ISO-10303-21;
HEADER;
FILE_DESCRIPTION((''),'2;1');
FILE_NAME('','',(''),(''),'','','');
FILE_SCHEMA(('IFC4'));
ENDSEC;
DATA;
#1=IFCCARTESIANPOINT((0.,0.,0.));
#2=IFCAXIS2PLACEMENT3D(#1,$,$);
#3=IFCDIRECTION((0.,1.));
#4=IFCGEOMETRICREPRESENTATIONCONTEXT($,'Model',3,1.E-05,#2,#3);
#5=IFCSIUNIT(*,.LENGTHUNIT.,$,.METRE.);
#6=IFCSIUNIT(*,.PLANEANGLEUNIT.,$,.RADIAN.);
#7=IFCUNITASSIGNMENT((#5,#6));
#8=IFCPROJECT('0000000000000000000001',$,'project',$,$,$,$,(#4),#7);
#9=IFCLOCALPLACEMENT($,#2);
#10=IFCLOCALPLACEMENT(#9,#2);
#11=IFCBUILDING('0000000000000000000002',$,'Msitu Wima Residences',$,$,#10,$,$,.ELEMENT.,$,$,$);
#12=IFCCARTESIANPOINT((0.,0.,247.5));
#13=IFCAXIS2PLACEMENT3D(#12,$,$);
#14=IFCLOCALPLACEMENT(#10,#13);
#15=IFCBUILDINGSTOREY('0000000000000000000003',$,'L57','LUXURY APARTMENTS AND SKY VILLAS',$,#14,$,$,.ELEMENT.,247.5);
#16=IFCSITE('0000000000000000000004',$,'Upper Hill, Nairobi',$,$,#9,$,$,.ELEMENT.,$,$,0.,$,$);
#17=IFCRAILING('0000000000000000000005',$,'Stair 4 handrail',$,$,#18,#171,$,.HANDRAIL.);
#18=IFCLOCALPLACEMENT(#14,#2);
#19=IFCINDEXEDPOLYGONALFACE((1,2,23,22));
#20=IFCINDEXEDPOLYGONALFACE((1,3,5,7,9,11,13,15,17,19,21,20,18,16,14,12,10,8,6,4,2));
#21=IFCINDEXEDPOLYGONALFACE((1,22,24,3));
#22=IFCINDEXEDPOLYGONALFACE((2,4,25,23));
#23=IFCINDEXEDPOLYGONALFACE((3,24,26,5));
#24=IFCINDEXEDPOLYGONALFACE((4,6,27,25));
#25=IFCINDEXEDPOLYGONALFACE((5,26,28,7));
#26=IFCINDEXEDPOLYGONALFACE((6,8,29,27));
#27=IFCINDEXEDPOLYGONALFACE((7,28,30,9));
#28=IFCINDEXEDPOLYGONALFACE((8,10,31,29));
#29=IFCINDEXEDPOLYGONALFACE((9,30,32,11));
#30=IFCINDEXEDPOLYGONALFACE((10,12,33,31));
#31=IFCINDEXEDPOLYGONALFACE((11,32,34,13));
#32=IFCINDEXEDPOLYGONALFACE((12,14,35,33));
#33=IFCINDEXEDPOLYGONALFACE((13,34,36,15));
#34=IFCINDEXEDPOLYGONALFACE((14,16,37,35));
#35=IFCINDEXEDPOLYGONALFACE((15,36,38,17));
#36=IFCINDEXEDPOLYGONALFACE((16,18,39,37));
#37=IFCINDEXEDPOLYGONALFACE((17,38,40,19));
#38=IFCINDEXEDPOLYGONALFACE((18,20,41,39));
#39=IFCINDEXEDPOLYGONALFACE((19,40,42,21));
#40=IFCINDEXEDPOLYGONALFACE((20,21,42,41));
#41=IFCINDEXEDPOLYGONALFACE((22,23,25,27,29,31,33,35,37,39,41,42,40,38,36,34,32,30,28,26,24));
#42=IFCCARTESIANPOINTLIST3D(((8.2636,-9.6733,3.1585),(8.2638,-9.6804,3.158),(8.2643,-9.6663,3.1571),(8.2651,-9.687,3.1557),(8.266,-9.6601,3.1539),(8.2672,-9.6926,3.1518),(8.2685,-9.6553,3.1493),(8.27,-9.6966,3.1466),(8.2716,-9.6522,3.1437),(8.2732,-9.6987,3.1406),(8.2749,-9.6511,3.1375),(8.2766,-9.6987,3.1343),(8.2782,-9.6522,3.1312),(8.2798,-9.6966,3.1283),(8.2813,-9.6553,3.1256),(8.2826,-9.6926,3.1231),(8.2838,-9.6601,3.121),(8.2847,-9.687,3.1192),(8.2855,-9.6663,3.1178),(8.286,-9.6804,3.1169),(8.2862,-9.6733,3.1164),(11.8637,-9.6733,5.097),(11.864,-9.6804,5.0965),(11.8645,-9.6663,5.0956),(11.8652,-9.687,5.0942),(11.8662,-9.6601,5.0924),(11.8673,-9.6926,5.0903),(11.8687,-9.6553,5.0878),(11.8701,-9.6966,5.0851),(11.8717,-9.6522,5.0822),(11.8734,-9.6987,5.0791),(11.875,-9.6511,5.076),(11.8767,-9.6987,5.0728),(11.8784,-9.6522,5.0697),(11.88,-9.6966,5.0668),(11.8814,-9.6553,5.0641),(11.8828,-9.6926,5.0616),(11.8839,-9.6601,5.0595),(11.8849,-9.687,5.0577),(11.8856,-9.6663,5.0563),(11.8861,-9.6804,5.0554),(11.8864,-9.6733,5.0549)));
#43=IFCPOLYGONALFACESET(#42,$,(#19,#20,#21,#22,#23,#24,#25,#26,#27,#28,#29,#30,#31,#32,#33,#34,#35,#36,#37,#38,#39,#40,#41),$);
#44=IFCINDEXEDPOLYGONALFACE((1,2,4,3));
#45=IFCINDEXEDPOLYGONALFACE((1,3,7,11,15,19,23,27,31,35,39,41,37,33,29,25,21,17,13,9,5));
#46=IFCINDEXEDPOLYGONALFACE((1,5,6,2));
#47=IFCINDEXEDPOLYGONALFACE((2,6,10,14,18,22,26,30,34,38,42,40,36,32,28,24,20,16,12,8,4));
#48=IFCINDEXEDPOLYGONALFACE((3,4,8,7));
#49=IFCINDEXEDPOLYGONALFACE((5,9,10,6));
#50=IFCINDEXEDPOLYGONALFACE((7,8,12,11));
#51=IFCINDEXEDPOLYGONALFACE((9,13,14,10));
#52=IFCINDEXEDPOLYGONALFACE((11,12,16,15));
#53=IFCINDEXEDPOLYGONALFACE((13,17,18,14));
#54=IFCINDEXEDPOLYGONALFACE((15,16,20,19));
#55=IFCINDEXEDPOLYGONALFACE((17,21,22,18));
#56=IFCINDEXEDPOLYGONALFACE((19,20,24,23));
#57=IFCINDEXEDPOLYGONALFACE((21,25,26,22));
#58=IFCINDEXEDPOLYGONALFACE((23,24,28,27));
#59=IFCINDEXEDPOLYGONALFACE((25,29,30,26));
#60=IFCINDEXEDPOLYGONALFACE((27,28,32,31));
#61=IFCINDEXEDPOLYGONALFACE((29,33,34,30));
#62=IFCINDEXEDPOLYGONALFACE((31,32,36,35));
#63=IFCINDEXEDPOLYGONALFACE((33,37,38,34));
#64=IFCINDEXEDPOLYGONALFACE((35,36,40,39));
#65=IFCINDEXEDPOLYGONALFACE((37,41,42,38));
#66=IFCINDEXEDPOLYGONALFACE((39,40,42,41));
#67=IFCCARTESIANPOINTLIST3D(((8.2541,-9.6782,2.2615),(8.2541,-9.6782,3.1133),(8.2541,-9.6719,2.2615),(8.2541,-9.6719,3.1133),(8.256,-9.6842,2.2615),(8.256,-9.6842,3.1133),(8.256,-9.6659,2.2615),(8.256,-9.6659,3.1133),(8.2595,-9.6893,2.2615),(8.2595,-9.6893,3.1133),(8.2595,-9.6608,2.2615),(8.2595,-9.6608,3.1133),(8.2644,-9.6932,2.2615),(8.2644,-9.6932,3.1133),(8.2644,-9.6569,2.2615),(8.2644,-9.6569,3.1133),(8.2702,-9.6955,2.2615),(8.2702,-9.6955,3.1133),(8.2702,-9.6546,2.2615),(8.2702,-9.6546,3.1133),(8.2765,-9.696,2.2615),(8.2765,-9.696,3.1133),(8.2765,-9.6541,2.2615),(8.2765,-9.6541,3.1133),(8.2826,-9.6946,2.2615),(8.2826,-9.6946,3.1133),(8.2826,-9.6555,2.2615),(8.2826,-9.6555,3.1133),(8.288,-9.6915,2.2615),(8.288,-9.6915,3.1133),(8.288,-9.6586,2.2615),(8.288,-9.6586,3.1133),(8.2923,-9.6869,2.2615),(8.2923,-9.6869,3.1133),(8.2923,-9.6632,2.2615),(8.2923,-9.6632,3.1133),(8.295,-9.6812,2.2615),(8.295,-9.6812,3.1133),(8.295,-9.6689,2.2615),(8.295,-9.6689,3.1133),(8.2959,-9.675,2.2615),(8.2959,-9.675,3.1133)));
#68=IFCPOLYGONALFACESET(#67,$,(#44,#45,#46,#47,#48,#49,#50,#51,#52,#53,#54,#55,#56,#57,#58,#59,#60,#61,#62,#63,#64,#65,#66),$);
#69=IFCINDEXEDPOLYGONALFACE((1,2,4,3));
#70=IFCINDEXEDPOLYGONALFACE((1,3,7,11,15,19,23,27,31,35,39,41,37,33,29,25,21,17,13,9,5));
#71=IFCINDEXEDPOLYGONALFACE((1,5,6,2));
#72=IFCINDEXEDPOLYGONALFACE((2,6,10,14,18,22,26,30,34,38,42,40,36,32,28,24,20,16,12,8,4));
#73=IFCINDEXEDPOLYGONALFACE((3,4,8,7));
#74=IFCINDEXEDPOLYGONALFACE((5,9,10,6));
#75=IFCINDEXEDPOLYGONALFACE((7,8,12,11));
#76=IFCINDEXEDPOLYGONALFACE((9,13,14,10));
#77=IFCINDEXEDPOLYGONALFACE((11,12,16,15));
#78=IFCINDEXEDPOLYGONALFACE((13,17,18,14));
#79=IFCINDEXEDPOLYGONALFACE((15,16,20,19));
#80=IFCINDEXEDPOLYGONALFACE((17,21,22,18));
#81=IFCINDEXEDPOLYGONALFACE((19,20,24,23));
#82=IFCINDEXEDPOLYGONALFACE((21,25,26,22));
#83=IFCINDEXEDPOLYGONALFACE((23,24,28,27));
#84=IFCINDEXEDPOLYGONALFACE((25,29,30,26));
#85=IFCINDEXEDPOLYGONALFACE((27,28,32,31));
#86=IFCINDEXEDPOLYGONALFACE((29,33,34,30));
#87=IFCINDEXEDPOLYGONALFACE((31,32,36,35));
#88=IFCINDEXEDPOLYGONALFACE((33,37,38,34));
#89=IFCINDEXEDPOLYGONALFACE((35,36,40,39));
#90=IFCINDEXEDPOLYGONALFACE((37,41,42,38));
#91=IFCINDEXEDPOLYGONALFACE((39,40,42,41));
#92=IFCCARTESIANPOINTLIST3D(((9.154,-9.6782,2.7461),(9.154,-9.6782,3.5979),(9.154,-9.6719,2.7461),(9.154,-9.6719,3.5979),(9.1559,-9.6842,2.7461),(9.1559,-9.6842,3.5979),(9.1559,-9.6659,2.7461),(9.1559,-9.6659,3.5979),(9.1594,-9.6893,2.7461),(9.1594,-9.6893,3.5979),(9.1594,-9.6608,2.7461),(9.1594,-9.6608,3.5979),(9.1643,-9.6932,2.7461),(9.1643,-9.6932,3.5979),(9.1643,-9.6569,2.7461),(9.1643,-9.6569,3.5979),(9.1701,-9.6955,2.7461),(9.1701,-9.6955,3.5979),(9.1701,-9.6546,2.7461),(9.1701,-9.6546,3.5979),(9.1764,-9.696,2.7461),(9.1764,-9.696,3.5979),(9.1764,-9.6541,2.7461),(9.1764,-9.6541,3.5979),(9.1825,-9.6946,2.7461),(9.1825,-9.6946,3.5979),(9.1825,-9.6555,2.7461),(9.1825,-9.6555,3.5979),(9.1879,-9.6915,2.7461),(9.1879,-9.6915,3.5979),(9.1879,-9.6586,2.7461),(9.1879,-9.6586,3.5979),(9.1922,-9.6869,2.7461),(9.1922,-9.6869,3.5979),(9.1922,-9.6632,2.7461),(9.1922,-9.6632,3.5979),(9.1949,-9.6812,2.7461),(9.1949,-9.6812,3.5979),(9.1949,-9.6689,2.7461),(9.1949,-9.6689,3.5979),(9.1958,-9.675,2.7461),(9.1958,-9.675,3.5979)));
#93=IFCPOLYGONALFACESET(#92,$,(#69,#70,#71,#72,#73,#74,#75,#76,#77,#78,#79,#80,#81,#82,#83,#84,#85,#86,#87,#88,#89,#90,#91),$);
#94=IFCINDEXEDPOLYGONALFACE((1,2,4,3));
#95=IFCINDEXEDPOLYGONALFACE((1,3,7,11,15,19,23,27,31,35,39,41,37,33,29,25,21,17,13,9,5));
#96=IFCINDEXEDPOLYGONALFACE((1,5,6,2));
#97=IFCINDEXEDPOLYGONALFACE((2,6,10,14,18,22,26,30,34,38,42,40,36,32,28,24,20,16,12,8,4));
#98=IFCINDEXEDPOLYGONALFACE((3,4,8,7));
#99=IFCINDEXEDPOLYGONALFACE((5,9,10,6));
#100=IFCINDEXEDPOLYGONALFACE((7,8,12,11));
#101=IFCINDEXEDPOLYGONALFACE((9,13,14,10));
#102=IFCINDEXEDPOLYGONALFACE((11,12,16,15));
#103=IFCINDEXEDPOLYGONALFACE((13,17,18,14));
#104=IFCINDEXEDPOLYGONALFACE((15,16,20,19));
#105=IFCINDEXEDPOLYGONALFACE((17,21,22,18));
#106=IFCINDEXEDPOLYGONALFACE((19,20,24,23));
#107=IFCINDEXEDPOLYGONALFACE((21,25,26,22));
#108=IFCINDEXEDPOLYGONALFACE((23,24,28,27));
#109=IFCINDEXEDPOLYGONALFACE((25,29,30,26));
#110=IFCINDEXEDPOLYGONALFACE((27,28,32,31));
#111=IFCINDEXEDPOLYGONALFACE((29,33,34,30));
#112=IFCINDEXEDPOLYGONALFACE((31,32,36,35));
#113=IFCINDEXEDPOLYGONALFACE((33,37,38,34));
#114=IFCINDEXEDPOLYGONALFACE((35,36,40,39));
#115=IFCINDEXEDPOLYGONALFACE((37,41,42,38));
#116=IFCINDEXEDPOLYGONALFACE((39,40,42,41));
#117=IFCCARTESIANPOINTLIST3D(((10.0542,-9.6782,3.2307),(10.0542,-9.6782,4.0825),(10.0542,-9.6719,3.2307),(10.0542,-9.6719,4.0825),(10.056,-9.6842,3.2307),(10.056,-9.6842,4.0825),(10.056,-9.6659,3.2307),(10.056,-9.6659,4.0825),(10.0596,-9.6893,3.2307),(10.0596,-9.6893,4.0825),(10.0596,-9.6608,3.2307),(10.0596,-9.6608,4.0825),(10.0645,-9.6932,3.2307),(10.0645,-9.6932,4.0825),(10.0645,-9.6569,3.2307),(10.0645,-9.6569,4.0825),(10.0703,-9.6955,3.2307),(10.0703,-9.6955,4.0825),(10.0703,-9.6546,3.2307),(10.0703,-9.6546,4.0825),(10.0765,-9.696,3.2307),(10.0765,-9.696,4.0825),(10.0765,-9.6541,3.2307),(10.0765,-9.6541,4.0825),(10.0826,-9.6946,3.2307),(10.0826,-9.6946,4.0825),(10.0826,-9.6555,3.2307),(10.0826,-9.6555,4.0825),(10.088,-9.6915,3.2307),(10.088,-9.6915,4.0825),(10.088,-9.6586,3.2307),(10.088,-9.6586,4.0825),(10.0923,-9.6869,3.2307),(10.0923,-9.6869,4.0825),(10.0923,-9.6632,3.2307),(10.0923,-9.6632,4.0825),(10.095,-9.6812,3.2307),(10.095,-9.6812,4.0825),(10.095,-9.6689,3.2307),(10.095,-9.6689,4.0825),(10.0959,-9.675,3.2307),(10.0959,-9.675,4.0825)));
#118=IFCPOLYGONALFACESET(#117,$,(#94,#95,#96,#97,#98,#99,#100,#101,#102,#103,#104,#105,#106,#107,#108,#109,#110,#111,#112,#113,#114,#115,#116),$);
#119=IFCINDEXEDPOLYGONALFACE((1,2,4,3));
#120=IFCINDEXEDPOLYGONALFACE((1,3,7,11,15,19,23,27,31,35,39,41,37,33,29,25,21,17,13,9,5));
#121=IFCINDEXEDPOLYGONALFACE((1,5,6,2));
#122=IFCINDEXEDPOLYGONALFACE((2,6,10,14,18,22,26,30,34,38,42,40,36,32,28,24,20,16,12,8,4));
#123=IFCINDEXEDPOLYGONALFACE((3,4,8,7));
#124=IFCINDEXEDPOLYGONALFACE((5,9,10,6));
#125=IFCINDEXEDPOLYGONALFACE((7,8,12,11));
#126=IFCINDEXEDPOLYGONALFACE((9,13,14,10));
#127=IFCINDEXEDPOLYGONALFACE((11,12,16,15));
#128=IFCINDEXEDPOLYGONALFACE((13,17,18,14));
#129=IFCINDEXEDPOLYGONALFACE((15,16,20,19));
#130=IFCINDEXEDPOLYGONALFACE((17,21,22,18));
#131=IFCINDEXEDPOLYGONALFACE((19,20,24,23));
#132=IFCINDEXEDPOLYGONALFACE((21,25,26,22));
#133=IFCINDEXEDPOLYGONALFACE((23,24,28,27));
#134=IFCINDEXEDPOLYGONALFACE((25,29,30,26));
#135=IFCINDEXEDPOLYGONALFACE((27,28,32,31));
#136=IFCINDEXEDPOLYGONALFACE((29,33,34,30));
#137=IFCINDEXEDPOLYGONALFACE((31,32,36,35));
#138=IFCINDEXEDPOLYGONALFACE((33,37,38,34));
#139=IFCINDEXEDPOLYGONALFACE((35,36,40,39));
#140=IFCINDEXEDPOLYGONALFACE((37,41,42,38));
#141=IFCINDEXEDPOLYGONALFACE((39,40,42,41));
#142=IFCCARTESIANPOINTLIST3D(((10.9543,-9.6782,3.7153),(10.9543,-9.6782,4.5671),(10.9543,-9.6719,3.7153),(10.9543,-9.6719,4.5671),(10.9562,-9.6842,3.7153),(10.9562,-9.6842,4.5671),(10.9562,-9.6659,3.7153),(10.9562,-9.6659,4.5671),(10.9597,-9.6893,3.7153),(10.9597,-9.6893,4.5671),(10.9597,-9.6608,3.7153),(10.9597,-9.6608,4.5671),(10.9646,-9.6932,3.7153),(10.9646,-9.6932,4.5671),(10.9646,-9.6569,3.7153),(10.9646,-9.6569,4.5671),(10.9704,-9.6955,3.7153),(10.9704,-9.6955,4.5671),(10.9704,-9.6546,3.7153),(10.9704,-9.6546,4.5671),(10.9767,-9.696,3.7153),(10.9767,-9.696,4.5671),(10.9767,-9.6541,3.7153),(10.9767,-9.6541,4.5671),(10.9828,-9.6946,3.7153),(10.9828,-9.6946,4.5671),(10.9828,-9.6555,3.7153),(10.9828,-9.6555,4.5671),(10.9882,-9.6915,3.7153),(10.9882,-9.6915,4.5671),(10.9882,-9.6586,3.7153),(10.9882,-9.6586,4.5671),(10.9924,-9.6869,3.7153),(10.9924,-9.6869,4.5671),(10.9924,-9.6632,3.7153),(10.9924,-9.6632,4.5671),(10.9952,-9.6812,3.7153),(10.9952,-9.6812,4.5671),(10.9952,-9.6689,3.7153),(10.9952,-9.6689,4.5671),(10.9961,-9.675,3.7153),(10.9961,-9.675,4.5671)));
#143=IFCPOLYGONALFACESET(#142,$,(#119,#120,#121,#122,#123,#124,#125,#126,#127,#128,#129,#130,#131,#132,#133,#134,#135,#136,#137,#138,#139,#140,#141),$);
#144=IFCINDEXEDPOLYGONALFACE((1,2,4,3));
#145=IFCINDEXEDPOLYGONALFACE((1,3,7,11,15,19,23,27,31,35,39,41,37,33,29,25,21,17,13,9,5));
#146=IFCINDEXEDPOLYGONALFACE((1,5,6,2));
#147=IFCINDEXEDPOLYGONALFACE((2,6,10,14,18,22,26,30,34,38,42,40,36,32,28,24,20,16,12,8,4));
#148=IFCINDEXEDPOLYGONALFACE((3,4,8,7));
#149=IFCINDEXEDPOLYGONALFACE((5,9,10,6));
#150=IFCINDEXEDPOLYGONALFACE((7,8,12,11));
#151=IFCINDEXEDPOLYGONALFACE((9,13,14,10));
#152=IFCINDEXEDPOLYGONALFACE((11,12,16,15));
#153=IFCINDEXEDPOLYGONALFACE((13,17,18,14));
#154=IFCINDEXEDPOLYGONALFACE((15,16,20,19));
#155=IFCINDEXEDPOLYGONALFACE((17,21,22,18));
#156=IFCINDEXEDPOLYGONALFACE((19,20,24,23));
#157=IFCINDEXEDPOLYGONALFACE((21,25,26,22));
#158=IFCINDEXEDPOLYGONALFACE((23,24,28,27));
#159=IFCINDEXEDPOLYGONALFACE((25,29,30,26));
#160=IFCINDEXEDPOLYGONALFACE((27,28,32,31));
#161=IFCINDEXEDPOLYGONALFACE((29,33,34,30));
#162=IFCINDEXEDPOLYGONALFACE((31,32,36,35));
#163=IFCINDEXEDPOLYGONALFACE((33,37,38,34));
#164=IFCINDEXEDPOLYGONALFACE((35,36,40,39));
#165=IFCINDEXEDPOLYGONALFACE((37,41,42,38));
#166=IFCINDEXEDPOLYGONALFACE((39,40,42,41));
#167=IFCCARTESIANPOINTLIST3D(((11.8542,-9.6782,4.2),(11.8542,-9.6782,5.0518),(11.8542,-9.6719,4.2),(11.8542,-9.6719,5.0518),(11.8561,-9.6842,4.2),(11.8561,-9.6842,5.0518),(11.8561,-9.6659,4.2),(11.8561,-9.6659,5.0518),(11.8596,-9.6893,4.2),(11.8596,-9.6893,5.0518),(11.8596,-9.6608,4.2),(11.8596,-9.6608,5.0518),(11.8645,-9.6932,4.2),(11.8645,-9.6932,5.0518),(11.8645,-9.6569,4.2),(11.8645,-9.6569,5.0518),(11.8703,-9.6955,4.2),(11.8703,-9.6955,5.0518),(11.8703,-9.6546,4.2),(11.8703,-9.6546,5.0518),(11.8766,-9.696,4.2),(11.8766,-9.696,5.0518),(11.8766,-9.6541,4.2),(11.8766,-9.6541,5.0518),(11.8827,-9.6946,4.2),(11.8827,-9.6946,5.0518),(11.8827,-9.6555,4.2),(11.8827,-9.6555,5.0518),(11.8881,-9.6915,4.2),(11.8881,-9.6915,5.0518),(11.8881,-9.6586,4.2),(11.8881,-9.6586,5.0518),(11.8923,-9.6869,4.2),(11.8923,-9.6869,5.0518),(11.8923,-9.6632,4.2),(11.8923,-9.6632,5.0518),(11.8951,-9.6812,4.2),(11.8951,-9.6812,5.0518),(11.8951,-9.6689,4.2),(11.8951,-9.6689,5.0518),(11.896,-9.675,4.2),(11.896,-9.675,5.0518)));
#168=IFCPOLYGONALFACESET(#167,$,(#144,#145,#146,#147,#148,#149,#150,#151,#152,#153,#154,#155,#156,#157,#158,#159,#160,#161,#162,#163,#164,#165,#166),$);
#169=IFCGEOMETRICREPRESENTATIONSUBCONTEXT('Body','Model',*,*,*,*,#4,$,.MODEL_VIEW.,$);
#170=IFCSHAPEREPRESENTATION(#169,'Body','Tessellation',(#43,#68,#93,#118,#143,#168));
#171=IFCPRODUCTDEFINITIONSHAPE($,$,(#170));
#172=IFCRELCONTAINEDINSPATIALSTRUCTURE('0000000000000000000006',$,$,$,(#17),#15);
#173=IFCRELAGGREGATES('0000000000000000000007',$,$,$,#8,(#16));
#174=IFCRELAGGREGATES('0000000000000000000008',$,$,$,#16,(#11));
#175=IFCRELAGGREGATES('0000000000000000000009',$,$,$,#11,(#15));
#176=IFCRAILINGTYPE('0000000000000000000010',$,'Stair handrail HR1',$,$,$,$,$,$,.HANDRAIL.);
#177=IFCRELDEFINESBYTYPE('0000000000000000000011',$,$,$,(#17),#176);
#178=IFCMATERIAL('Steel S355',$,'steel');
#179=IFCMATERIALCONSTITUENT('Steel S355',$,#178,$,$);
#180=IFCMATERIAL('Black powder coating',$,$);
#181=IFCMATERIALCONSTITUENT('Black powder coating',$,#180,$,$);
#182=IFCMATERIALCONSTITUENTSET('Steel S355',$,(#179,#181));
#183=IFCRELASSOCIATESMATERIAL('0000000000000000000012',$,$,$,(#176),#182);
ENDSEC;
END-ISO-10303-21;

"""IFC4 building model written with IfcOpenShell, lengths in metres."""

from ifc_helpers import new_model, si_unit, direction, frame, origin, origin_2d, place, context, subcontext, project, spatial, circle, extrude, material, constituent, constituent_set, type_object, element, save


model = new_model("IFC4")

# Units and contexts
model_context = context("Model", 3, precision=1e-05, world=origin(), true_north=direction((0.0, 1.0)))
body_context = subcontext(model_context, "Body", "Model", "MODEL_VIEW")
ifc_project = project(units=[si_unit("LENGTHUNIT", "METRE"), si_unit("PLANEANGLEUNIT", "RADIAN")], contexts=[model_context])

# Site, building, storey
site_placement = place(None, origin())
site = spatial("IfcSite", under=ifc_project, at=site_placement, Name="Upper Hill, Nairobi", CompositionType="ELEMENT", RefElevation=0.0)
building_placement = place(site_placement, origin())
building = spatial("IfcBuilding", under=site, at=building_placement, Name="Msitu Wima Residences", CompositionType="ELEMENT")
storey_placement = place(building_placement, frame((0.0, 0.0, 247.5)))
storey = spatial("IfcBuildingStorey", under=building, at=storey_placement, Name="L57", Description="LUXURY APARTMENTS AND SKY VILLAS", CompositionType="ELEMENT", Elevation=247.5)

# Railing
ifc_material_1 = material(Name="Steel S355", Category="steel")
ifc_constituent_1 = constituent(ifc_material_1, Name="Steel S355")
ifc_material_2 = material(Name="Black powder coating")
ifc_constituent_2 = constituent(ifc_material_2, Name="Black powder coating")
ifc_constituent_set = constituent_set(constituents=[ifc_constituent_1, ifc_constituent_2], Name="Steel S355")
railing_type = type_object("IfcRailingType", Name="Stair handrail HR1", PredefinedType="HANDRAIL", material=ifc_constituent_set)
for number, where, name in (
    (1, (8.2749, -9.675, 2.2615), "Stair 4 handrail"),
):
    element("IfcRailing", number, at=place(storey_placement, frame(where)), inside=storey, type_object=railing_type, Name=name, PredefinedType="HANDRAIL", context=body_context, shape_type="SweptSolid", body=[
        extrude(circle(Radius=0.0239, at=origin_2d()), frame((0.0, 0.0, 0.876), z_axis=(0.880475, 0.0, 0.474093), x_axis=(0.0, 1.0, 0.0)), (0.0, 0.0, 1.0), 4.0889),
        extrude(circle(Radius=0.021, at=origin_2d()), origin(), (0.0, 0.0, 1.0), 0.8518),
        extrude(circle(Radius=0.021, at=origin_2d()), frame((0.8999, 0.0, 0.4846)), (0.0, 0.0, 1.0), 0.8518),
        extrude(circle(Radius=0.021, at=origin_2d()), frame((1.8, 0.0, 0.9692)), (0.0, 0.0, 1.0), 0.8518),
        extrude(circle(Radius=0.021, at=origin_2d()), frame((2.7002, 0.0, 1.4539)), (0.0, 0.0, 1.0), 0.8518),
        extrude(circle(Radius=0.021, at=origin_2d()), frame((3.6001, 0.0, 1.9385)), (0.0, 0.0, 1.0), 0.8518),
    ])

save(model, "model.ifc")
